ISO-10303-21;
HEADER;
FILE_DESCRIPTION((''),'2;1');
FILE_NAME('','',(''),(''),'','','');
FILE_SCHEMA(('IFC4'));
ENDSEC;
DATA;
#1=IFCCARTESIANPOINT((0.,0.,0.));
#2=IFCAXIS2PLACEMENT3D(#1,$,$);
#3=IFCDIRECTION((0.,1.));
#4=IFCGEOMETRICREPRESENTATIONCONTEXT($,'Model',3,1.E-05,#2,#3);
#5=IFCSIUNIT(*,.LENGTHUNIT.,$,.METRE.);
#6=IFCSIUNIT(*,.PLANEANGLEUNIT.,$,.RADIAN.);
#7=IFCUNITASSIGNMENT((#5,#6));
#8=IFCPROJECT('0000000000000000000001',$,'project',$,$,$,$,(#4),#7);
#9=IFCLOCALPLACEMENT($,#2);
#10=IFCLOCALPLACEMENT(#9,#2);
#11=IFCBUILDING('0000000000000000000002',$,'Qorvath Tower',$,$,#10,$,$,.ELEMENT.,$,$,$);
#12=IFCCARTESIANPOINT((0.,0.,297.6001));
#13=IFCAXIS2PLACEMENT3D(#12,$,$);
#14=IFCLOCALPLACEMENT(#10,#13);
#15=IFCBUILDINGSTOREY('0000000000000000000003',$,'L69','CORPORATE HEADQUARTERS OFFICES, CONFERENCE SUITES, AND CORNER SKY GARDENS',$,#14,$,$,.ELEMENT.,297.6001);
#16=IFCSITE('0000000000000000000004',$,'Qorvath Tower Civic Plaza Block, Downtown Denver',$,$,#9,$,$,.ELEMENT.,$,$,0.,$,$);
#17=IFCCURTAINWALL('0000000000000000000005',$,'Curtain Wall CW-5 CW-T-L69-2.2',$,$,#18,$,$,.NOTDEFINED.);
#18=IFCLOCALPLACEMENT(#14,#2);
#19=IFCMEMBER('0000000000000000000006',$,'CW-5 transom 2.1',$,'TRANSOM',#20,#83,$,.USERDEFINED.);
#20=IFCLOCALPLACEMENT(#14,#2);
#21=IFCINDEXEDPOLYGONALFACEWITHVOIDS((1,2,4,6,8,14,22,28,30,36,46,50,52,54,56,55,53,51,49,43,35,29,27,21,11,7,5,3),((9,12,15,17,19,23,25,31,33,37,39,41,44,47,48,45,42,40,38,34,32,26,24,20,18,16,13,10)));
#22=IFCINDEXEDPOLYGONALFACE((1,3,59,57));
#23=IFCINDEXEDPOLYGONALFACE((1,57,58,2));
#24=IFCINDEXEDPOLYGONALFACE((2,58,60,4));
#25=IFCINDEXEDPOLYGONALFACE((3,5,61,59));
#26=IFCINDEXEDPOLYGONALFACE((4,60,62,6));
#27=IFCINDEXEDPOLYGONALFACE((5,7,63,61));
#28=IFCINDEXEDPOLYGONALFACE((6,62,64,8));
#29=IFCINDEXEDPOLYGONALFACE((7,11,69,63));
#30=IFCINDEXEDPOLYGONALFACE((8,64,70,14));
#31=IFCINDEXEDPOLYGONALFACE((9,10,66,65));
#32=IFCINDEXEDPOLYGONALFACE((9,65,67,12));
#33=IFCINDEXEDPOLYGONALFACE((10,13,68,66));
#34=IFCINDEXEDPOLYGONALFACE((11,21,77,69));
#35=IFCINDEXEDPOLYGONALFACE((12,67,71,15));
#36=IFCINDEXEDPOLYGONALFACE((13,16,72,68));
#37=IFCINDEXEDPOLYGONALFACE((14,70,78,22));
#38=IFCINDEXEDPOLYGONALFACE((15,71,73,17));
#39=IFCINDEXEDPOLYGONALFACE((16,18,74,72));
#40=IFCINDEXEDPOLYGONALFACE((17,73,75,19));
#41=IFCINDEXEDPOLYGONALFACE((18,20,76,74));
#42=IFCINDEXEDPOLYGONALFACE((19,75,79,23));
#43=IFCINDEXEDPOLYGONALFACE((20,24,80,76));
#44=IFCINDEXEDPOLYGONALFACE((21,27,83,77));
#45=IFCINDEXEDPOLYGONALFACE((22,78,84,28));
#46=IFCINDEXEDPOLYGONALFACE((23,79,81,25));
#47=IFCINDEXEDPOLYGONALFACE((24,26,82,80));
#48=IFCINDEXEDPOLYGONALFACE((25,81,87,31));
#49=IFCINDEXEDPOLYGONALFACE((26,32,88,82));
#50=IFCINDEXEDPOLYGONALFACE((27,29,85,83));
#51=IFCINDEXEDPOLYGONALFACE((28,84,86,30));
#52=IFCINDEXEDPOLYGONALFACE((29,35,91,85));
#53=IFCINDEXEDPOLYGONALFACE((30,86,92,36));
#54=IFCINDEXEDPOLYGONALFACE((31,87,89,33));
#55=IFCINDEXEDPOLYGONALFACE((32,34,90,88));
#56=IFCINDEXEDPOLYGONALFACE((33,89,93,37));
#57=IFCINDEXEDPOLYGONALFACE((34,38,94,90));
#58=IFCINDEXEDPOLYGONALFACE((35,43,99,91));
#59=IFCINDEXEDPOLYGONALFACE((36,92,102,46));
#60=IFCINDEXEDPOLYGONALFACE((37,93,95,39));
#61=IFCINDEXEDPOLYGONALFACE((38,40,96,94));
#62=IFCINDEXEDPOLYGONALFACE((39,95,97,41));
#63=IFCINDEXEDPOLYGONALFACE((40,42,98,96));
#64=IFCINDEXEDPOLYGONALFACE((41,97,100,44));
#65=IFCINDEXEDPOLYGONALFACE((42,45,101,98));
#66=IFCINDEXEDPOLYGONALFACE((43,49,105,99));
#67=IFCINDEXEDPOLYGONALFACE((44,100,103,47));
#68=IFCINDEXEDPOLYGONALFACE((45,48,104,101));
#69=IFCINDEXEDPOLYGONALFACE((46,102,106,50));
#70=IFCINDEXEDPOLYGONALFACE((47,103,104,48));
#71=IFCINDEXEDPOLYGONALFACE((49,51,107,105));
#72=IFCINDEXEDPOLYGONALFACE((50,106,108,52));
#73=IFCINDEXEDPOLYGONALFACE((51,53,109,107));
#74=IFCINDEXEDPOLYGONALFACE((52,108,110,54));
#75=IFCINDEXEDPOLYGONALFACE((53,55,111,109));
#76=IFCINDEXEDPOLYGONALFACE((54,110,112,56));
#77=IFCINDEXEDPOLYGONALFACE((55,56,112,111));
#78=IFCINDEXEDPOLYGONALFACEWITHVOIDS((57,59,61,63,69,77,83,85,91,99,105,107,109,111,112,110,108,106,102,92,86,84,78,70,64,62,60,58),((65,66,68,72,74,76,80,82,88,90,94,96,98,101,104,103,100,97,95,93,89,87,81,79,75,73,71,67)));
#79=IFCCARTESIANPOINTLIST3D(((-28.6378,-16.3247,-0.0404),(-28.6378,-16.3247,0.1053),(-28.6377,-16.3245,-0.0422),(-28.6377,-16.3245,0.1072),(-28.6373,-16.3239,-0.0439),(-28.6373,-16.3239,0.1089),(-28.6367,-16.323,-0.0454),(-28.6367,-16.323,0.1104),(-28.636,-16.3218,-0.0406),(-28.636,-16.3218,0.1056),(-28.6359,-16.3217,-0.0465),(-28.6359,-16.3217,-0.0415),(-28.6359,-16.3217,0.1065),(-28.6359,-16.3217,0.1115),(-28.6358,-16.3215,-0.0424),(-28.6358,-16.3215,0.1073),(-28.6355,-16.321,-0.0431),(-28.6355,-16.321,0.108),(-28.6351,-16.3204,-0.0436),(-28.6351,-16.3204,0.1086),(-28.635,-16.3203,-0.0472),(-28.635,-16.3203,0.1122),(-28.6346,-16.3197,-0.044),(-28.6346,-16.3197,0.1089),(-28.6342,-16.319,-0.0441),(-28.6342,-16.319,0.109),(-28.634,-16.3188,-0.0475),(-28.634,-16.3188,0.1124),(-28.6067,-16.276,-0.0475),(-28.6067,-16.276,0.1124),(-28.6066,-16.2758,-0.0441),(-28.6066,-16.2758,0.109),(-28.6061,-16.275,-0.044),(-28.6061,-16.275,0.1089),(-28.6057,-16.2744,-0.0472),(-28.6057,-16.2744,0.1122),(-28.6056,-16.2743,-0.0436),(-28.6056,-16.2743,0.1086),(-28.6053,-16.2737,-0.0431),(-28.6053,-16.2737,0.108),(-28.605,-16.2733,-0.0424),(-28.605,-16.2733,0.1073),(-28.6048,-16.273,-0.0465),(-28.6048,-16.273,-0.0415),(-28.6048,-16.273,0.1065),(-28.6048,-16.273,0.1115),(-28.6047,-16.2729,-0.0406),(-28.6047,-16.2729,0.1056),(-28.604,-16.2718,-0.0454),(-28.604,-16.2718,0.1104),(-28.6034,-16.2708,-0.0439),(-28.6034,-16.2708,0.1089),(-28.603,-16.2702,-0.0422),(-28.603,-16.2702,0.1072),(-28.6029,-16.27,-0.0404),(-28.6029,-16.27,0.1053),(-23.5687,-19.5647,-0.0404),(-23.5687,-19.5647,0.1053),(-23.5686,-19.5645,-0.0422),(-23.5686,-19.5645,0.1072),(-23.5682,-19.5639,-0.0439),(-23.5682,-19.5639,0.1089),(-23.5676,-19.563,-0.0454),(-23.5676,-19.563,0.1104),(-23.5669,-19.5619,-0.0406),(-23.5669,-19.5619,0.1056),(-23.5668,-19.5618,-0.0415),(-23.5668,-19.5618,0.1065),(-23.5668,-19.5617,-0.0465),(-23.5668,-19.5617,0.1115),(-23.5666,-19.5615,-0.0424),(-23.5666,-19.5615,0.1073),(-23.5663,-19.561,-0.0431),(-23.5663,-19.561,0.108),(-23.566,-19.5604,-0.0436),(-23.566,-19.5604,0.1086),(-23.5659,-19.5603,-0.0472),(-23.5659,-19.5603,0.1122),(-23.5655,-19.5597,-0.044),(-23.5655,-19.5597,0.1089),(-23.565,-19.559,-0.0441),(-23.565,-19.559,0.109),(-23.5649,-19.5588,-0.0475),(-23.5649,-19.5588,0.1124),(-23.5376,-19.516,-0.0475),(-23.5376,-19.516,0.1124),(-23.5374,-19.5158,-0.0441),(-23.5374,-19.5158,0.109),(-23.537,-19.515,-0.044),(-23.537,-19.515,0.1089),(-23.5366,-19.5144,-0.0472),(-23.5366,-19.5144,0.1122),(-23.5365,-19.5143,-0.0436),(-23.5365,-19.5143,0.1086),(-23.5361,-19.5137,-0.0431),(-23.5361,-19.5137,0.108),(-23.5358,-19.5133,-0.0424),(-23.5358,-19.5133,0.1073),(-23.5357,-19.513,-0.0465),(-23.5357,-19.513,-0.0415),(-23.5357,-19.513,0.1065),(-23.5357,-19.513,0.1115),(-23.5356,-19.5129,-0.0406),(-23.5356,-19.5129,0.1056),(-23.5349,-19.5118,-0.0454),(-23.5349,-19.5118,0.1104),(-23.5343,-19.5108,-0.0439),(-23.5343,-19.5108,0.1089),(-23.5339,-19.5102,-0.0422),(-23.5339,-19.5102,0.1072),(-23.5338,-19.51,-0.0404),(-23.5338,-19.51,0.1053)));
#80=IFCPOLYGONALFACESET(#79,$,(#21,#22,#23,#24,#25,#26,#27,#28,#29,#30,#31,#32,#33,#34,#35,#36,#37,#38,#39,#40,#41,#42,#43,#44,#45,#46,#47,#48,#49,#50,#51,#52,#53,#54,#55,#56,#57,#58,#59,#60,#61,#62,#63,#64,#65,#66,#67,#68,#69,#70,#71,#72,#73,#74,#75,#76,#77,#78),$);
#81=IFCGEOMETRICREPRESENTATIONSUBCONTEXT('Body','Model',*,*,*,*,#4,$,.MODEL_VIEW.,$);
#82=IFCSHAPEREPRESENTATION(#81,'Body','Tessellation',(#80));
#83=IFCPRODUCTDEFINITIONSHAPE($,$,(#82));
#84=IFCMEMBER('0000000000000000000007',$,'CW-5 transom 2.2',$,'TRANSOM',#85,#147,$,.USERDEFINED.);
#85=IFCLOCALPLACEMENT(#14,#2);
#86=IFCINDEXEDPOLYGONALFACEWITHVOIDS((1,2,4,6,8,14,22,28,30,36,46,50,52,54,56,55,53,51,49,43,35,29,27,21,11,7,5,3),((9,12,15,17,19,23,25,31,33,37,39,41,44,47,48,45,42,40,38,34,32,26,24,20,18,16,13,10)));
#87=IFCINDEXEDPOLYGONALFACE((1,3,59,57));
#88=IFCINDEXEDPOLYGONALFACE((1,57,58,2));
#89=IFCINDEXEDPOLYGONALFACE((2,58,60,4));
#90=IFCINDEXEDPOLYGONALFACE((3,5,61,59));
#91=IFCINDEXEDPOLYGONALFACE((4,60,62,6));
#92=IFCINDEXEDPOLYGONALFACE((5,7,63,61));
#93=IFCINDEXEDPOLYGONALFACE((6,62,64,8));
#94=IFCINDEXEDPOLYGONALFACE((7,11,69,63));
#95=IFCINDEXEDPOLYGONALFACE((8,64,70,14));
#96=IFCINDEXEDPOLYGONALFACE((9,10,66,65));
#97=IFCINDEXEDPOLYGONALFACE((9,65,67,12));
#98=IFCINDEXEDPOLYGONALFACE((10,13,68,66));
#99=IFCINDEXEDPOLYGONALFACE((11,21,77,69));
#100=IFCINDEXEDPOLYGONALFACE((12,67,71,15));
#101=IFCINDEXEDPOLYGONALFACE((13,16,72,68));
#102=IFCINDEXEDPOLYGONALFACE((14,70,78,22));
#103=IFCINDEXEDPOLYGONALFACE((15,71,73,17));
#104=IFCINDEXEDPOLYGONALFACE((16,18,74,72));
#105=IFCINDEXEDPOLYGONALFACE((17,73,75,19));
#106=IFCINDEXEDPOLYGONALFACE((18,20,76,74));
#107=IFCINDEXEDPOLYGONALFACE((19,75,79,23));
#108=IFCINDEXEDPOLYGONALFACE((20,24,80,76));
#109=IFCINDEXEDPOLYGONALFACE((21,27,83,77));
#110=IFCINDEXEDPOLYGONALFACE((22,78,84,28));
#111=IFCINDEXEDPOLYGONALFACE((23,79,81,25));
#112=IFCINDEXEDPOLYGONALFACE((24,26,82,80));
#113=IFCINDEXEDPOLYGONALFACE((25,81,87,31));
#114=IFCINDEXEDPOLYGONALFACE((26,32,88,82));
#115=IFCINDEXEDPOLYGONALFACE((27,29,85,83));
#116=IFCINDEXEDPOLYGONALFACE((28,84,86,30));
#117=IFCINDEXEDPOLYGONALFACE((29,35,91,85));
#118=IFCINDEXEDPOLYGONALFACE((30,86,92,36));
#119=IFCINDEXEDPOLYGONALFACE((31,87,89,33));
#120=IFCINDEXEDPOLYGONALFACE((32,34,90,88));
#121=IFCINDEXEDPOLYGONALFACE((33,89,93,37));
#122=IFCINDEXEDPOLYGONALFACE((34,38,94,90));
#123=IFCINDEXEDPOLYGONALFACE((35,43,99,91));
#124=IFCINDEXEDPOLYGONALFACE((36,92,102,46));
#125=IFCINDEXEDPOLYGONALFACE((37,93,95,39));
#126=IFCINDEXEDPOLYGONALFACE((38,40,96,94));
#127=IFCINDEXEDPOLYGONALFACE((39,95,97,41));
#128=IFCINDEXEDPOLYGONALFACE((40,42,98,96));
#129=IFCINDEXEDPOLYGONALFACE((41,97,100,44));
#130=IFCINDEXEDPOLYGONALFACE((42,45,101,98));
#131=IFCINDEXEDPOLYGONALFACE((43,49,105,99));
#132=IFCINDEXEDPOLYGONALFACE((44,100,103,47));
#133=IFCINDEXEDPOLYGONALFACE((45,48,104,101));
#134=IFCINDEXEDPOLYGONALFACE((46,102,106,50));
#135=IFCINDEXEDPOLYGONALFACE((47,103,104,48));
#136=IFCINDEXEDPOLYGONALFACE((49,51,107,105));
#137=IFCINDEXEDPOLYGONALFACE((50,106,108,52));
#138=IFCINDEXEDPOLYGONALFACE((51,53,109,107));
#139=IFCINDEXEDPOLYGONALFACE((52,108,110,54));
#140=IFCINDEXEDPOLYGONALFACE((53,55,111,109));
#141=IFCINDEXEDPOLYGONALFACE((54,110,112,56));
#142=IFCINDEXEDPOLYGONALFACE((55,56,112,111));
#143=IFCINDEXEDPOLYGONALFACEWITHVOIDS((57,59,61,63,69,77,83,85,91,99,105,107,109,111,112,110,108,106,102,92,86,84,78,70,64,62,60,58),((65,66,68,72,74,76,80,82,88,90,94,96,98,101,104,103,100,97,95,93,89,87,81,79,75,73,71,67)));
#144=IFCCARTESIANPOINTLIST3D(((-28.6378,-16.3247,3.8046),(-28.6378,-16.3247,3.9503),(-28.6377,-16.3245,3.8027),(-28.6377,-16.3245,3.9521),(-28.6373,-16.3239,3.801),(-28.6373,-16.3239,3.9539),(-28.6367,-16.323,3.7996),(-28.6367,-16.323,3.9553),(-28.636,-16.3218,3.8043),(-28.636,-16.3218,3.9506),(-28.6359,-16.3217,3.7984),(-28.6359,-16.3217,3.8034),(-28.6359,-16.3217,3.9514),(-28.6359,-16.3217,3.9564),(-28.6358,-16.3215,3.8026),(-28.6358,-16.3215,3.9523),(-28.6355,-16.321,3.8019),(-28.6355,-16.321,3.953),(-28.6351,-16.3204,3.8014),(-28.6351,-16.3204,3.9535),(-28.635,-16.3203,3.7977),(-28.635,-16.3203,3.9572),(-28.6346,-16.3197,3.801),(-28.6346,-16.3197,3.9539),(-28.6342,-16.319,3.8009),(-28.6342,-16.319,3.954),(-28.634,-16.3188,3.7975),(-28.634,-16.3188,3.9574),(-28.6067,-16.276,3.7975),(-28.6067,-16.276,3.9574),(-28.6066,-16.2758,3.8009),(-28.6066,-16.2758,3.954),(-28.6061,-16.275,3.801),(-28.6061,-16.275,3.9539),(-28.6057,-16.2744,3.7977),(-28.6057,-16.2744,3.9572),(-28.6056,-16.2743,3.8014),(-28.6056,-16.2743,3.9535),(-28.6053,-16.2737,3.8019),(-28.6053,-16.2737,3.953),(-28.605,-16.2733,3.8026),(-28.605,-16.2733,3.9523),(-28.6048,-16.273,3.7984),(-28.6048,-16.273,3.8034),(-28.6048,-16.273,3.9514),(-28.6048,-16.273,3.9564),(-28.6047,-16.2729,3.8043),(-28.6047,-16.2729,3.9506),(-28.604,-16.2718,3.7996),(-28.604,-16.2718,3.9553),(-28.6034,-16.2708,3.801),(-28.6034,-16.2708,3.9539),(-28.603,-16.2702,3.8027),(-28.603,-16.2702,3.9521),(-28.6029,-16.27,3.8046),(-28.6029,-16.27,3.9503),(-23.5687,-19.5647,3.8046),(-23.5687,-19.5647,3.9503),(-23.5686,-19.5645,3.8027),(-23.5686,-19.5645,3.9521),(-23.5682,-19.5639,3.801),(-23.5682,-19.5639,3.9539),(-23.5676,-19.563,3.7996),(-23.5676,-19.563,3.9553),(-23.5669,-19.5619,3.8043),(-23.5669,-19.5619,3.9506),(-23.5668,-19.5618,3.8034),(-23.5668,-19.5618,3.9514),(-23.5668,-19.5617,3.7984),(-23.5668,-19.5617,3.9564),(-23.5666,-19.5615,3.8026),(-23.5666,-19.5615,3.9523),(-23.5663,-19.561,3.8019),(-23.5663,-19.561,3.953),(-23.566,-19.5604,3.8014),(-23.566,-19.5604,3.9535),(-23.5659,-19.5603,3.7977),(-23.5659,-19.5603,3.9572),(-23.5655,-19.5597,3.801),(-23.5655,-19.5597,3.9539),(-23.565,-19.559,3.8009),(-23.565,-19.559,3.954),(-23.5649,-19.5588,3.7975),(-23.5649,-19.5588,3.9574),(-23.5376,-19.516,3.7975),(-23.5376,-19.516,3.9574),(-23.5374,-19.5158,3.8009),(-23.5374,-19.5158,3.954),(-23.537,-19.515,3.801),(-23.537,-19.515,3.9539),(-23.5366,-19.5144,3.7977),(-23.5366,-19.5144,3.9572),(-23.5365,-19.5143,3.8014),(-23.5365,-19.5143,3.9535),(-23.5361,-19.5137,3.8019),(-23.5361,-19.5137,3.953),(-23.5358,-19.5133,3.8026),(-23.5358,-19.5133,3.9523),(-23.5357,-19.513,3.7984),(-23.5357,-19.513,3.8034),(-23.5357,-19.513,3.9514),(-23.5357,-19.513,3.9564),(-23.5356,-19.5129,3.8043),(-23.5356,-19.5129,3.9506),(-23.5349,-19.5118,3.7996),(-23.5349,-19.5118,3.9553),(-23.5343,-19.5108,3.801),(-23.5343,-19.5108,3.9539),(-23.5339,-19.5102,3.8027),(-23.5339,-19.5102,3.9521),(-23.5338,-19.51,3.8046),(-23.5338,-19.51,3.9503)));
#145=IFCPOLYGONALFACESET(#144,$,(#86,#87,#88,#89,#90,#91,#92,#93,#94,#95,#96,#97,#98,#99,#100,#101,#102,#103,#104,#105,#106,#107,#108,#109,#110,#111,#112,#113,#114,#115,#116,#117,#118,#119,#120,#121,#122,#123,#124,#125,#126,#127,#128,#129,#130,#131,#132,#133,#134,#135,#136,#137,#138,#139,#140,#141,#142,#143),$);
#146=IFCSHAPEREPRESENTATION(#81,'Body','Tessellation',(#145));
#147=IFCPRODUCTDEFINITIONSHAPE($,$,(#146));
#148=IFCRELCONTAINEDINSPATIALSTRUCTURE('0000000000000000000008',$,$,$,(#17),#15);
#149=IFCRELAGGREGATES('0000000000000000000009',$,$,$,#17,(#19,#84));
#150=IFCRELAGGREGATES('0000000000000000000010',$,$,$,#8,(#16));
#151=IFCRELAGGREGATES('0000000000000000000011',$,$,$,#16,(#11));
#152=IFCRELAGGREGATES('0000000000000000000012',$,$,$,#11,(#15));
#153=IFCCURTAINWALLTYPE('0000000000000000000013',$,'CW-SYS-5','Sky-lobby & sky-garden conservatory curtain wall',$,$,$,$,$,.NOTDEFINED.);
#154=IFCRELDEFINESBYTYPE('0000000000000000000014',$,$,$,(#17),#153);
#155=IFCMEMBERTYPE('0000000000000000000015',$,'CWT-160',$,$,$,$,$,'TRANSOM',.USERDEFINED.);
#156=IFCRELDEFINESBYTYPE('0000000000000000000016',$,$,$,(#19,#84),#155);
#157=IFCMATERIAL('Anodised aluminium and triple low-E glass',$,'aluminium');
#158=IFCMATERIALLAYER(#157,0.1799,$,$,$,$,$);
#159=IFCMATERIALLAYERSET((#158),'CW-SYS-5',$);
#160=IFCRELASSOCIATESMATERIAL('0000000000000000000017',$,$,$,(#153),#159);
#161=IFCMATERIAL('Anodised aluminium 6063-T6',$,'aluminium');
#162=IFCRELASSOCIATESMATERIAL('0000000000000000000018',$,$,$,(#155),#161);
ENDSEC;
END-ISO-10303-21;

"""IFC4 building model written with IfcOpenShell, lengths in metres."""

from ifc_helpers import new_model, si_unit, direction, frame, origin, origin_2d, place, context, subcontext, project, spatial, hollow_rectangle, extrude, material, layer, layer_set, material_profile, profile_set, type_object, element, aggregate, save


model = new_model("IFC4")

# Units and contexts
model_context = context("Model", 3, precision=1e-05, world=origin(), true_north=direction((0.0, 1.0)))
body_context = subcontext(model_context, "Body", "Model", "MODEL_VIEW")
ifc_project = project(units=[si_unit("LENGTHUNIT", "METRE"), si_unit("PLANEANGLEUNIT", "RADIAN")], contexts=[model_context])

# Site, building, storey
site_placement = place(None, origin())
site = spatial("IfcSite", under=ifc_project, at=site_placement, Name="Qorvath Tower Civic Plaza Block, Downtown Denver", CompositionType="ELEMENT", RefElevation=0.0)
building_placement = place(site_placement, origin())
building = spatial("IfcBuilding", under=site, at=building_placement, Name="Qorvath Tower", CompositionType="ELEMENT")
storey_placement = place(building_placement, frame((0.0, 0.0, 297.6001)))
storey = spatial("IfcBuildingStorey", under=building, at=storey_placement, Name="L69", Description="CORPORATE HEADQUARTERS OFFICES, CONFERENCE SUITES, AND CORNER SKY GARDENS", CompositionType="ELEMENT", Elevation=297.6001)

# Curtain wall, members
ifc_material_1 = material(Name="Anodised aluminium and triple low-E glass", Category="aluminium")
ifc_layer_1 = layer(ifc_material_1, 0.1799)
ifc_layer_set_1 = layer_set([ifc_layer_1], Name="CW-SYS-5")
curtain_wall_type = type_object("IfcCurtainWallType", Name="CW-SYS-5", Description="Sky-lobby & sky-garden conservatory curtain wall", PredefinedType="NOTDEFINED", material=ifc_layer_set_1)
curtain_wall_placement = place(storey_placement, origin())
curtain_wall = element("IfcCurtainWall", 1, at=curtain_wall_placement, inside=storey, type_object=curtain_wall_type, Name="Curtain Wall CW-5 CW-T-L69-2.2", PredefinedType="NOTDEFINED")
ifc_material_2 = material(Name="Anodised aluminium 6063-T6", Category="aluminium")
ifc_material_profile_1 = material_profile(ifc_material_2, hollow_rectangle(XDim=0.0649, YDim=0.1599, WallThickness=0.0034, InnerFilletRadius=0.0034, OuterFilletRadius=0.0071, at=origin_2d()), Name="CWT 160x65")
ifc_profile_set_1 = profile_set([ifc_material_profile_1], Name="Anodised aluminium 6063-T6")
member_type_1 = type_object("IfcMemberType", Name="CWT-160", ElementType="TRANSOM", PredefinedType="USERDEFINED", material=ifc_profile_set_1)
member_1_placement = place(storey_placement, frame((-28.6204, -16.2974, 0.0325), z_axis=(0.84259, -0.538555, 0.0), x_axis=(0.538555, 0.84259, 0.0)))
member_1 = element("IfcMember", 2, at=member_1_placement, type_object=member_type_1, Name="CW-5 transom 2.1", ObjectType="TRANSOM", PredefinedType="USERDEFINED", context=body_context, shape_type="SweptSolid", body=[
    extrude(hollow_rectangle(XDim=0.0649, YDim=0.1599, WallThickness=0.0034, InnerFilletRadius=0.0034, OuterFilletRadius=0.0071, at=origin_2d()), origin(), (0.0, 0.0, 1.0), 6.0161),
])
member_2_placement = place(storey_placement, frame((-28.6204, -16.2974, 3.8774), z_axis=(0.84259, -0.538555, 0.0), x_axis=(0.538555, 0.84259, 0.0)))
member_2 = element("IfcMember", 3, at=member_2_placement, type_object=member_type_1, Name="CW-5 transom 2.2", ObjectType="TRANSOM", PredefinedType="USERDEFINED", context=body_context, shape_type="SweptSolid", body=[
    extrude(hollow_rectangle(XDim=0.0649, YDim=0.1599, WallThickness=0.0034, InnerFilletRadius=0.0034, OuterFilletRadius=0.0071, at=origin_2d()), origin(), (0.0, 0.0, 1.0), 6.0161),
])
aggregate(curtain_wall, [member_1, member_2])

save(model, "model.ifc")
